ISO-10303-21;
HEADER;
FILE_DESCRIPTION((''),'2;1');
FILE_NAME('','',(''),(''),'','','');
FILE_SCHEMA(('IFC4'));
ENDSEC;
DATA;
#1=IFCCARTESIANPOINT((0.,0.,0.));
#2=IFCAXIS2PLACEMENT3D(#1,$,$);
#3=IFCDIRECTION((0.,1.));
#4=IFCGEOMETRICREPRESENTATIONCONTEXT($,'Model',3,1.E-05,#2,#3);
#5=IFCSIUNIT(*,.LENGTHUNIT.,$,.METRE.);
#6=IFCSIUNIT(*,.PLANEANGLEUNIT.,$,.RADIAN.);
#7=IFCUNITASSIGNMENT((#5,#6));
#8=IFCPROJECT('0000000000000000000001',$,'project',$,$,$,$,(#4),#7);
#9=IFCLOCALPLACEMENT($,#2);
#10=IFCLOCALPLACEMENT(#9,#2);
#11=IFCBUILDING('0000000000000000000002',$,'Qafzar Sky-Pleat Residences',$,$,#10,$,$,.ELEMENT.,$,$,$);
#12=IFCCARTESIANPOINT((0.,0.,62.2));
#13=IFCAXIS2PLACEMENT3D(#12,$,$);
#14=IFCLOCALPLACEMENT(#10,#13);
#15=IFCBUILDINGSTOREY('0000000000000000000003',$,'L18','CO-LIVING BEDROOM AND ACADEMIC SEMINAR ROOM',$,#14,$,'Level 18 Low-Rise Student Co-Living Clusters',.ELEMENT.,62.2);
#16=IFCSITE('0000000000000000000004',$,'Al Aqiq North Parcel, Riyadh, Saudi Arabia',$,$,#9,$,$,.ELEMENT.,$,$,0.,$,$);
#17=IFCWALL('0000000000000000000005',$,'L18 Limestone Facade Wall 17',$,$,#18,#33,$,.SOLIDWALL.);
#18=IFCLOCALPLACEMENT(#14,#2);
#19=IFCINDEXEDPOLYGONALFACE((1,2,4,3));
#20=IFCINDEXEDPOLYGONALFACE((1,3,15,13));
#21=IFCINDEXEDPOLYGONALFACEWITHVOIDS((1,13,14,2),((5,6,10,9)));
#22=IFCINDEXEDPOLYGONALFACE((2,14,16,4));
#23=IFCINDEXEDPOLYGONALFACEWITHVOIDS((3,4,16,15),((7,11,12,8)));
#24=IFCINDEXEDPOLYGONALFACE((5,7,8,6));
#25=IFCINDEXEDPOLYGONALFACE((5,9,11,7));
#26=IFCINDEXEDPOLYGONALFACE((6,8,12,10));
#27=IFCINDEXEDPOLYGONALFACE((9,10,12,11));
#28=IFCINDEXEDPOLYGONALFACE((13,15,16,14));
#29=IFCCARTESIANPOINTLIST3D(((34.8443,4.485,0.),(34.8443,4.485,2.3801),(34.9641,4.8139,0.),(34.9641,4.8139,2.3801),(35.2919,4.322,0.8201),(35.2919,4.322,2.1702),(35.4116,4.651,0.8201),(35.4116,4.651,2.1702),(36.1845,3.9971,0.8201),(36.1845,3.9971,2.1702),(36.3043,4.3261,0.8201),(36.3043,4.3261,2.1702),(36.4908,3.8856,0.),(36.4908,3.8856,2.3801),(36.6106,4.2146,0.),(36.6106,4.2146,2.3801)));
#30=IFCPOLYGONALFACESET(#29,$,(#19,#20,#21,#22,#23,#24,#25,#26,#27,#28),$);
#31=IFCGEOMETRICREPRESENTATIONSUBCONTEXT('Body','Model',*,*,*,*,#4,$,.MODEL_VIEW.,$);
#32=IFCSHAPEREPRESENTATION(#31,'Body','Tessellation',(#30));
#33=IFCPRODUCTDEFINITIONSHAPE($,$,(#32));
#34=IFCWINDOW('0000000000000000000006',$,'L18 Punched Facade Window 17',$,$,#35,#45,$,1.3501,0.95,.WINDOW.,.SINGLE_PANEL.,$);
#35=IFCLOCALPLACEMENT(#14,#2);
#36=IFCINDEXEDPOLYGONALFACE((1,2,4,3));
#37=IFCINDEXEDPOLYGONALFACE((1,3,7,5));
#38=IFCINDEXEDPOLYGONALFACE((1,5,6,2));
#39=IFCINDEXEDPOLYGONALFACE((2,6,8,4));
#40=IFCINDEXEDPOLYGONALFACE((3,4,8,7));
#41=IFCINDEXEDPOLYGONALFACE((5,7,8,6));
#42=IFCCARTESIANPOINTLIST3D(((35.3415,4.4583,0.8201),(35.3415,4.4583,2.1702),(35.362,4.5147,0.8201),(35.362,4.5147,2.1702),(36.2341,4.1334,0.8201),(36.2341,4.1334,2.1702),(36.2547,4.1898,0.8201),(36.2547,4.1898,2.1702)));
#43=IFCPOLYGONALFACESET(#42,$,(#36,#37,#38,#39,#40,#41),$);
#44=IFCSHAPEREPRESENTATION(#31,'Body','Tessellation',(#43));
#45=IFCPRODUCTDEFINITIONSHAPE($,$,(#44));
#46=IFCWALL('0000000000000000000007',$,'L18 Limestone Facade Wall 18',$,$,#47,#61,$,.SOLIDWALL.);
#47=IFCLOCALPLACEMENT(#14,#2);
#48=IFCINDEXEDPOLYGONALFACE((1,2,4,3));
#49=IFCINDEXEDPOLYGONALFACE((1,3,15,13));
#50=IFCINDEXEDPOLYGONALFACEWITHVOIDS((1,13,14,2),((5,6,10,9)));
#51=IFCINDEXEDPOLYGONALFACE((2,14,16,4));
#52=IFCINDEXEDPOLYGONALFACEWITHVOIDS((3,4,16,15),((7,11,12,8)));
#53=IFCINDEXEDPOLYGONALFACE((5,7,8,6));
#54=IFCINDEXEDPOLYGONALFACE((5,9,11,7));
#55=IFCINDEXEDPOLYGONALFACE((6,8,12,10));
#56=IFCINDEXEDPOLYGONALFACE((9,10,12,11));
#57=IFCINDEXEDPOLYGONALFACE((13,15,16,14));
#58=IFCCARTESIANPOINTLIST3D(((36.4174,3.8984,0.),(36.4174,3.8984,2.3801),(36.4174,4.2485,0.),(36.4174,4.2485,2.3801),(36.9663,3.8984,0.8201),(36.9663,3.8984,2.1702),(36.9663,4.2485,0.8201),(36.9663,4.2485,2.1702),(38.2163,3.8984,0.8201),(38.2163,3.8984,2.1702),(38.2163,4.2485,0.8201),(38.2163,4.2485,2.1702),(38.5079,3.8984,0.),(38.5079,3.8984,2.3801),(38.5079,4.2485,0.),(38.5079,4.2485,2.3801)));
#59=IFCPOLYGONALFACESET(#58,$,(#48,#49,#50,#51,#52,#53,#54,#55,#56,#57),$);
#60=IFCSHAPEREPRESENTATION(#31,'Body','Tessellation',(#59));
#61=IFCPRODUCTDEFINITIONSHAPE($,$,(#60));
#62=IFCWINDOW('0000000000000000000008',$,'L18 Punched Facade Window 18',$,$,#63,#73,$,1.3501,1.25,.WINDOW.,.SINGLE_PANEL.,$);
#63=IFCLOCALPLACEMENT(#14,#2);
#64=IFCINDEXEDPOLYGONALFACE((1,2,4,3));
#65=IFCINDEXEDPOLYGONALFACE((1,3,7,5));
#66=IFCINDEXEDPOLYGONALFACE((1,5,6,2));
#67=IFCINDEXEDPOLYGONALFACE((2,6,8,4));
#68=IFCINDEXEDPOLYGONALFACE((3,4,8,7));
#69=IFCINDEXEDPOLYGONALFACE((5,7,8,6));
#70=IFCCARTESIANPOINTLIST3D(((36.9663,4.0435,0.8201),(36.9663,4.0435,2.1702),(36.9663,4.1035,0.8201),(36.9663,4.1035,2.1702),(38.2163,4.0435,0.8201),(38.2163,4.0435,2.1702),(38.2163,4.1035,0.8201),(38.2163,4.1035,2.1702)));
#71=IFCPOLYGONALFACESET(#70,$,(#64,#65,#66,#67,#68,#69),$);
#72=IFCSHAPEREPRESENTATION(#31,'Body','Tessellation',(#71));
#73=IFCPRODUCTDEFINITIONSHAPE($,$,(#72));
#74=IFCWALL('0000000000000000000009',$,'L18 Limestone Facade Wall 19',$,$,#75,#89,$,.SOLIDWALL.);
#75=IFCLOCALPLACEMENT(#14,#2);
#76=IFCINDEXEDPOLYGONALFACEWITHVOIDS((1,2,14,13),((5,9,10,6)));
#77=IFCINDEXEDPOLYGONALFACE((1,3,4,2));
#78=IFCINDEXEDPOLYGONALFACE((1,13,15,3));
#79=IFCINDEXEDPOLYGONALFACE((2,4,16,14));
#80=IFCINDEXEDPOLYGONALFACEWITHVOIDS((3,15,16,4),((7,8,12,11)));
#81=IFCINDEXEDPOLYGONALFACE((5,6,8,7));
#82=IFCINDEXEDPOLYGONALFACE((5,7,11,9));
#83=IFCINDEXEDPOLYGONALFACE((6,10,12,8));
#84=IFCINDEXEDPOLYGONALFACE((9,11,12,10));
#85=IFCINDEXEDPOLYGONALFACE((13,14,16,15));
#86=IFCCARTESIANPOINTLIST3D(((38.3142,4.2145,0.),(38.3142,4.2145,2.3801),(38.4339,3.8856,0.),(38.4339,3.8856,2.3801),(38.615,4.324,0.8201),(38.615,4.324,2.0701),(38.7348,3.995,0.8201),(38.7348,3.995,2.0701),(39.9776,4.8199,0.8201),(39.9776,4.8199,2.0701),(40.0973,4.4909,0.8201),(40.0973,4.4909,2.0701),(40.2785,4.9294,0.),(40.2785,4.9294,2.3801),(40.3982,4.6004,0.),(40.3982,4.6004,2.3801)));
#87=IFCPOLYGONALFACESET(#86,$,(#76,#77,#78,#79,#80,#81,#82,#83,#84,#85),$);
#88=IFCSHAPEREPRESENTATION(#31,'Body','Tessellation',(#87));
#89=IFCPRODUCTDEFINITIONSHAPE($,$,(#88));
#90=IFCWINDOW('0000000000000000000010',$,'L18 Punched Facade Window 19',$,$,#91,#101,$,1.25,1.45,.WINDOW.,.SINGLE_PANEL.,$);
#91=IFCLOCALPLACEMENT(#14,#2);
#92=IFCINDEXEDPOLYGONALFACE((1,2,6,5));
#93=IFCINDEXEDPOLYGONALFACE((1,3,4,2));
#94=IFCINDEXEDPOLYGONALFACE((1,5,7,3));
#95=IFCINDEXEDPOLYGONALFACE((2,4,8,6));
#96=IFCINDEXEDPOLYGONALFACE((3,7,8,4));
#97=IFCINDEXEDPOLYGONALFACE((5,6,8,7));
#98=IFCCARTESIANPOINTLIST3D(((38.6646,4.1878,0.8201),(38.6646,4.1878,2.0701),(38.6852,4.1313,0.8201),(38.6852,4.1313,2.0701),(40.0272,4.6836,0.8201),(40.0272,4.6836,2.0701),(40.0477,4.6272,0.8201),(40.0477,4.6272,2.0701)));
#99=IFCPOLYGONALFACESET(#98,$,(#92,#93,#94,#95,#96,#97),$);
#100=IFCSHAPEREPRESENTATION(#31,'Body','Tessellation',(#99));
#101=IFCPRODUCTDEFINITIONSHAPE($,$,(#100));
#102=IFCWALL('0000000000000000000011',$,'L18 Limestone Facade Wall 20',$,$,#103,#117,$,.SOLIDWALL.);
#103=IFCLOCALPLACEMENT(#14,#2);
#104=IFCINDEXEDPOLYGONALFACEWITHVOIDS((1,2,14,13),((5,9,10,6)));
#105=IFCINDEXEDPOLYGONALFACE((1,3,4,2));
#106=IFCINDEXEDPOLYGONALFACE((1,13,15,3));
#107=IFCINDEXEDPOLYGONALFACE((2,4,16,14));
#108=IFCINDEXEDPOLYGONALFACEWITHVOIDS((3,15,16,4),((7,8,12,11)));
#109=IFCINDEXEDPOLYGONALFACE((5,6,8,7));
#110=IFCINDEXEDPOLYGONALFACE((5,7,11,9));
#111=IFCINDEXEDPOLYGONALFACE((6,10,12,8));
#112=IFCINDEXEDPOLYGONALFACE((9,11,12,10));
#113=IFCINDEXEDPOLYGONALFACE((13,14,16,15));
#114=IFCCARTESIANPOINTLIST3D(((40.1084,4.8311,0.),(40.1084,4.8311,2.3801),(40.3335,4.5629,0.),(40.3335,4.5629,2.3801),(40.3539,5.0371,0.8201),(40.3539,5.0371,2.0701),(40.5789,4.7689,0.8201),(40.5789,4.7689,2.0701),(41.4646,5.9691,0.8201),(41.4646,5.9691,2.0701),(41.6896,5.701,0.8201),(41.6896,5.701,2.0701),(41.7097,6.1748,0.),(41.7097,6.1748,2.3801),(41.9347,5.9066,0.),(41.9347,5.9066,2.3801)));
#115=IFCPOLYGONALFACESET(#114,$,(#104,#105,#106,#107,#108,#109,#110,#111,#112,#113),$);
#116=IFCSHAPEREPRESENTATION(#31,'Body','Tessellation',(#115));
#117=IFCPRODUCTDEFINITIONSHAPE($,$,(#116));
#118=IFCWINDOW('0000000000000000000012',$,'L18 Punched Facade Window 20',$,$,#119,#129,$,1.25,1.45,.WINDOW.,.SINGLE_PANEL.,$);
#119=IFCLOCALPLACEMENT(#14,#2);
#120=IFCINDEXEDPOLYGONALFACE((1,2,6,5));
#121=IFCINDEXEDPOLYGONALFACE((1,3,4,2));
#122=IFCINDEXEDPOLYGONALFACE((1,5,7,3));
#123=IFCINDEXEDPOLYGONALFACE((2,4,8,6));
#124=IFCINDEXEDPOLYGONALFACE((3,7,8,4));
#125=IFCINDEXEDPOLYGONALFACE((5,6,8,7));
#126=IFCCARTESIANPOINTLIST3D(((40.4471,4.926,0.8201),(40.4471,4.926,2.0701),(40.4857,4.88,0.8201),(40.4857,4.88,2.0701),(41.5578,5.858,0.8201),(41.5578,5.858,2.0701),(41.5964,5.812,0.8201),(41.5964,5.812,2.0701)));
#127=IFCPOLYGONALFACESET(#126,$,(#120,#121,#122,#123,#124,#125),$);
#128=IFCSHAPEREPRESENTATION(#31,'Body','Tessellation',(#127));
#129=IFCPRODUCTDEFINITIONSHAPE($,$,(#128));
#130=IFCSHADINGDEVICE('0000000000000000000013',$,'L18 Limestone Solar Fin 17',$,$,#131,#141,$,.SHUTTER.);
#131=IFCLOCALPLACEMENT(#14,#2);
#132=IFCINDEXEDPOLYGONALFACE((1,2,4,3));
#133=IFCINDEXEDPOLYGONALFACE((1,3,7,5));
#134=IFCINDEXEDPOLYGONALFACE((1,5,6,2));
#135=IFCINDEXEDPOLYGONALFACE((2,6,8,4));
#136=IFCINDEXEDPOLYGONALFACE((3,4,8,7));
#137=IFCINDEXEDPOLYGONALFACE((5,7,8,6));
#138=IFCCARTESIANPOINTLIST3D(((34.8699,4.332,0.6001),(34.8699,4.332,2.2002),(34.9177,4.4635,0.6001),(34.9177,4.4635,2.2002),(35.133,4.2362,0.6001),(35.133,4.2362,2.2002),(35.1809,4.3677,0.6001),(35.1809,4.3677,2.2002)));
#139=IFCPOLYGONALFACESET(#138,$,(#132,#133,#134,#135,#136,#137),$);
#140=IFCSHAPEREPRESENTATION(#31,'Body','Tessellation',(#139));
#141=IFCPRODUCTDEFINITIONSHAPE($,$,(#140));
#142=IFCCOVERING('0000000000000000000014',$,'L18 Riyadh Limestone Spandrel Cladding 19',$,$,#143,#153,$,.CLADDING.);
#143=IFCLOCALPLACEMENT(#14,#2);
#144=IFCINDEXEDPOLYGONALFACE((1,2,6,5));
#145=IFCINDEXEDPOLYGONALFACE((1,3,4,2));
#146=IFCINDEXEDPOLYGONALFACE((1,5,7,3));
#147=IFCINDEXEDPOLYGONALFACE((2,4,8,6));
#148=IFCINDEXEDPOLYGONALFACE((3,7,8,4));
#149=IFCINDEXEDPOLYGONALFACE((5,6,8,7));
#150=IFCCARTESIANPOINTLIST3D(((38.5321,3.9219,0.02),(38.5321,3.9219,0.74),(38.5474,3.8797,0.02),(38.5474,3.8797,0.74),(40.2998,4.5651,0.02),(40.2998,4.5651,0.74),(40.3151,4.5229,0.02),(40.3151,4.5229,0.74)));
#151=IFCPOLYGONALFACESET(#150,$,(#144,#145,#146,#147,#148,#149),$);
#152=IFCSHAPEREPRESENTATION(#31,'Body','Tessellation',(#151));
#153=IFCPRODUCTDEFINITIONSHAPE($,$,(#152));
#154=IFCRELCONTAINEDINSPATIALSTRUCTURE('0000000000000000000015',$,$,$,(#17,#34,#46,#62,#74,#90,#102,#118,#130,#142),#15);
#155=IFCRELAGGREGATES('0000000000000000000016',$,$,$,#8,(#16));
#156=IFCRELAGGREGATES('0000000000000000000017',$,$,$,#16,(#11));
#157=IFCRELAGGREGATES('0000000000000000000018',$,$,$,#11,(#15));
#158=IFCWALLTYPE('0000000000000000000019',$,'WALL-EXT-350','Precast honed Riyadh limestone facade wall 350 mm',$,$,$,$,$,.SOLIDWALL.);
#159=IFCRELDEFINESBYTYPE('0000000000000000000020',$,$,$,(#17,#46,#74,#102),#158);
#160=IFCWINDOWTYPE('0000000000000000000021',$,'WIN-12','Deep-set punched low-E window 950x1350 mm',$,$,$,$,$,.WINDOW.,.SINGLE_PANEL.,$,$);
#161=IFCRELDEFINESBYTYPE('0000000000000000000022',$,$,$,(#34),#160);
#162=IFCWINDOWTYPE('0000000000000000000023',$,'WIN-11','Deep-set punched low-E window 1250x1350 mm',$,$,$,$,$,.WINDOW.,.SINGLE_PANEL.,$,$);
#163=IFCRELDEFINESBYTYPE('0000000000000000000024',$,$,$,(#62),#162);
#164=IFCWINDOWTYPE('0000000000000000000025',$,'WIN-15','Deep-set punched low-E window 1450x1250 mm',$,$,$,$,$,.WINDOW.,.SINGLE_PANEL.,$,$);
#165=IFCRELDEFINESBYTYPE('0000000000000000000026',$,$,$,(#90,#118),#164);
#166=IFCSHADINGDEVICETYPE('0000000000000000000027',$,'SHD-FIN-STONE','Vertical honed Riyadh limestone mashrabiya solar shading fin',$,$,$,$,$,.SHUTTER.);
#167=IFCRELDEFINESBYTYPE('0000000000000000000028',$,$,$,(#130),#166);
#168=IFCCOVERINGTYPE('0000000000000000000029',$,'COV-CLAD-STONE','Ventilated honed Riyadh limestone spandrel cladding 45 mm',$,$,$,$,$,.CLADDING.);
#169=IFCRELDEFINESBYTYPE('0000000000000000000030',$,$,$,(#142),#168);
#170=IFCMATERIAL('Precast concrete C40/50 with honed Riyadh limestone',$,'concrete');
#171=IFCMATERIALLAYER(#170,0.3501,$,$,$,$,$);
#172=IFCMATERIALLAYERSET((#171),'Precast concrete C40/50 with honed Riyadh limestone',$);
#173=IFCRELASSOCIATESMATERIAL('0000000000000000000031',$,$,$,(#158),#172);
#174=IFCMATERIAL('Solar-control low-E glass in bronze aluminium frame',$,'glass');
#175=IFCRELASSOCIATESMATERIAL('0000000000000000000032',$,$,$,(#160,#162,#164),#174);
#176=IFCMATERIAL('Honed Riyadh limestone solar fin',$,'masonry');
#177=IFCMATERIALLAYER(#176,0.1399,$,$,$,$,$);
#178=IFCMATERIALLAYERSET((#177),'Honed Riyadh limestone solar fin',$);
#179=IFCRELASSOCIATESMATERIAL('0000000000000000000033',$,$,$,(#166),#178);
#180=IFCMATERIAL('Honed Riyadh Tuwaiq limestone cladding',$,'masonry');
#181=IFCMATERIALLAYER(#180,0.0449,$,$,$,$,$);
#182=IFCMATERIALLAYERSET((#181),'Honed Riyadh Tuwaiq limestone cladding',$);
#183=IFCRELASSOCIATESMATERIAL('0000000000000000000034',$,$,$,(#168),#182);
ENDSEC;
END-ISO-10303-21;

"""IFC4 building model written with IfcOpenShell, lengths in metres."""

from ifc_helpers import new_model, si_unit, direction, frame, frame_2d, origin, origin_2d, place, context, subcontext, project, spatial, rectangle, extrude, source, transform, mapped, material, layer, layer_set, type_object, element, fill, save


model = new_model("IFC4")

# Units and contexts
model_context = context("Model", 3, precision=1e-05, world=origin(), true_north=direction((0.0, 1.0)))
body_context = subcontext(model_context, "Body", "Model", "MODEL_VIEW")
ifc_project = project(units=[si_unit("LENGTHUNIT", "METRE"), si_unit("PLANEANGLEUNIT", "RADIAN")], contexts=[model_context])

# Site, building, storey
site_placement = place(None, origin())
site = spatial("IfcSite", under=ifc_project, at=site_placement, Name="Al Aqiq North Parcel, Riyadh, Saudi Arabia", CompositionType="ELEMENT", RefElevation=0.0)
building_placement = place(site_placement, origin())
building = spatial("IfcBuilding", under=site, at=building_placement, Name="Qafzar Sky-Pleat Residences", CompositionType="ELEMENT")
storey_placement = place(building_placement, frame((0.0, 0.0, 62.2)))
storey = spatial("IfcBuildingStorey", under=building, at=storey_placement, Name="L18", Description="CO-LIVING BEDROOM AND ACADEMIC SEMINAR ROOM", LongName="Level 18 Low-Rise Student Co-Living Clusters", CompositionType="ELEMENT", Elevation=62.2)

# Walls, openings, windows
ifc_material_1 = material(Name="Precast concrete C40/50 with honed Riyadh limestone", Category="concrete")
ifc_layer_1 = layer(ifc_material_1, 0.3501)
ifc_layer_set_1 = layer_set([ifc_layer_1], Name="Precast concrete C40/50 with honed Riyadh limestone")
wall_type_1 = type_object("IfcWallType", Name="WALL-EXT-350", Description="Precast honed Riyadh limestone facade wall 350 mm", PredefinedType="SOLIDWALL", material=ifc_layer_set_1)
wall_1_placement = place(storey_placement, frame((34.9043, 4.6494, 0.0), z_axis=(0.0, 0.0, 1.0), x_axis=(0.939675, -0.342067, 0.0)))
wall_1 = element("IfcWall", 1, at=wall_1_placement, inside=storey, type_object=wall_type_1, Name="L18 Limestone Facade Wall 17", PredefinedType="SOLIDWALL", context=body_context, shape_type="SweptSolid", body=[
    extrude(rectangle(XDim=1.7522, YDim=0.3501, at=frame_2d((0.876, 0.0))), origin(), (0.0, 0.0, 1.0), 2.3801),
])
opening_1_placement = place(wall_1_placement, frame((0.4761, 0.0, 0.8201)))
opening_1 = element("IfcOpeningElement", 2, at=opening_1_placement, cuts=wall_1, PredefinedType="OPENING", context=body_context, shape_type="SweptSolid", body=[
    extrude(rectangle(XDim=0.95, YDim=1.3501, at=frame_2d((0.4751, 0.675))), frame((0.0, 0.1851, 0.0), z_axis=(0.0, -1.0, 0.0), x_axis=(1.0, 0.0, 0.0)), (0.0, 0.0, 1.0), 0.3701),
])
ifc_material_2 = material(Name="Solar-control low-E glass in bronze aluminium frame", Category="glass")
window_type_1 = type_object("IfcWindowType", Name="WIN-12", Description="Deep-set punched low-E window 950x1350 mm", PartitioningType="SINGLE_PANEL", PredefinedType="WINDOW", material=ifc_material_2)
shared_shape_1 = source(origin(), body_context, "Body", "SweptSolid", [
    extrude(rectangle(XDim=0.95, YDim=1.3501, at=frame_2d((0.4751, 0.675))), frame((0.0, 0.03, 0.0), z_axis=(0.0, -1.0, 0.0), x_axis=(1.0, 0.0, 0.0)), (0.0, 0.0, 1.0), 0.0601),
])
window_1_placement = place(opening_1_placement, origin())
window_1 = element("IfcWindow", 3, at=window_1_placement, inside=storey, type_object=window_type_1, Name="L18 Punched Facade Window 17", OverallHeight=1.3501, OverallWidth=0.95, PartitioningType="SINGLE_PANEL", PredefinedType="WINDOW", context=body_context, shape_type="MappedRepresentation", body=[
    mapped(shared_shape_1, transform((0.0, 0.0, 0.0), x_axis=(1.0, 0.0, 0.0), y_axis=(0.0, 1.0, 0.0), z_axis=(0.0, 0.0, 1.0), scale=1.0)),
])
fill(opening_1, window_1)
wall_2_placement = place(storey_placement, frame((36.4172, 4.0735, 0.0), z_axis=(0.0, 0.0, 1.0), x_axis=(1.0, 0.0, 0.0)))
wall_2 = element("IfcWall", 4, at=wall_2_placement, inside=storey, type_object=wall_type_1, Name="L18 Limestone Facade Wall 18", PredefinedType="SOLIDWALL", context=body_context, shape_type="SweptSolid", body=[
    extrude(rectangle(XDim=2.0906, YDim=0.3501, at=frame_2d((1.0454, 0.0))), origin(), (0.0, 0.0, 1.0), 2.3801),
])
opening_2_placement = place(wall_2_placement, frame((0.5491, 0.0, 0.8201)))
opening_2 = element("IfcOpeningElement", 5, at=opening_2_placement, cuts=wall_2, PredefinedType="OPENING", context=body_context, shape_type="SweptSolid", body=[
    extrude(rectangle(XDim=1.25, YDim=1.3501, at=frame_2d((0.625, 0.675))), frame((0.0, 0.1851, 0.0), z_axis=(0.0, -1.0, 0.0), x_axis=(1.0, 0.0, 0.0)), (0.0, 0.0, 1.0), 0.3701),
])
window_type_2 = type_object("IfcWindowType", Name="WIN-11", Description="Deep-set punched low-E window 1250x1350 mm", PartitioningType="SINGLE_PANEL", PredefinedType="WINDOW", material=ifc_material_2)
shared_shape_2 = source(origin(), body_context, "Body", "SweptSolid", [
    extrude(rectangle(XDim=1.25, YDim=1.3501, at=frame_2d((0.625, 0.675))), frame((0.0, 0.03, 0.0), z_axis=(0.0, -1.0, 0.0), x_axis=(1.0, 0.0, 0.0)), (0.0, 0.0, 1.0), 0.0601),
])
window_2_placement = place(opening_2_placement, origin())
window_2 = element("IfcWindow", 6, at=window_2_placement, inside=storey, type_object=window_type_2, Name="L18 Punched Facade Window 18", OverallHeight=1.3501, OverallWidth=1.25, PartitioningType="SINGLE_PANEL", PredefinedType="WINDOW", context=body_context, shape_type="MappedRepresentation", body=[
    mapped(shared_shape_2, transform((0.0, 0.0, 0.0), x_axis=(1.0, 0.0, 0.0), y_axis=(0.0, 1.0, 0.0), z_axis=(0.0, 0.0, 1.0), scale=1.0)),
])
fill(opening_2, window_2)
wall_3_placement = place(storey_placement, frame((38.374, 4.05, 0.0), z_axis=(0.0, 0.0, 1.0), x_axis=(0.939712, 0.341968, 0.0)))
wall_3 = element("IfcWall", 7, at=wall_3_placement, inside=storey, type_object=wall_type_1, Name="L18 Limestone Facade Wall 19", PredefinedType="SOLIDWALL", context=body_context, shape_type="SweptSolid", body=[
    extrude(rectangle(XDim=2.0903, YDim=0.3501, at=frame_2d((1.0452, 0.0))), origin(), (0.0, 0.0, 1.0), 2.3801),
])
opening_3_placement = place(wall_3_placement, frame((0.3201, 0.0, 0.8201)))
opening_3 = element("IfcOpeningElement", 8, at=opening_3_placement, cuts=wall_3, PredefinedType="OPENING", context=body_context, shape_type="SweptSolid", body=[
    extrude(rectangle(XDim=1.45, YDim=1.25, at=frame_2d((0.7251, 0.625))), frame((0.0, 0.1851, 0.0), z_axis=(0.0, -1.0, 0.0), x_axis=(1.0, 0.0, 0.0)), (0.0, 0.0, 1.0), 0.3701),
])
window_type_3 = type_object("IfcWindowType", Name="WIN-15", Description="Deep-set punched low-E window 1450x1250 mm", PartitioningType="SINGLE_PANEL", PredefinedType="WINDOW", material=ifc_material_2)
shared_shape_3 = source(origin(), body_context, "Body", "SweptSolid", [
    extrude(rectangle(XDim=1.45, YDim=1.25, at=frame_2d((0.7251, 0.625))), frame((0.0, 0.03, 0.0), z_axis=(0.0, -1.0, 0.0), x_axis=(1.0, 0.0, 0.0)), (0.0, 0.0, 1.0), 0.0601),
])
window_3_placement = place(opening_3_placement, origin())
window_3 = element("IfcWindow", 9, at=window_3_placement, inside=storey, type_object=window_type_3, Name="L18 Punched Facade Window 19", OverallHeight=1.25, OverallWidth=1.45, PartitioningType="SINGLE_PANEL", PredefinedType="WINDOW", context=body_context, shape_type="MappedRepresentation", body=[
    mapped(shared_shape_3, transform((0.0, 0.0, 0.0), x_axis=(1.0, 0.0, 0.0), y_axis=(0.0, 1.0, 0.0), z_axis=(0.0, 0.0, 1.0), scale=1.0)),
])
fill(opening_3, window_3)
wall_4_placement = place(storey_placement, frame((40.2209, 4.697, 0.0), z_axis=(0.0, 0.0, 1.0), x_axis=(0.766025, 0.642811, 0.0)))
wall_4 = element("IfcWall", 10, at=wall_4_placement, inside=storey, type_object=wall_type_1, Name="L18 Limestone Facade Wall 20", PredefinedType="SOLIDWALL", context=body_context, shape_type="SweptSolid", body=[
    extrude(rectangle(XDim=2.0903, YDim=0.3501, at=frame_2d((1.0452, 0.0))), origin(), (0.0, 0.0, 1.0), 2.3801),
])
opening_4_placement = place(wall_4_placement, frame((0.3203, 0.0, 0.8201)))
opening_4 = element("IfcOpeningElement", 11, at=opening_4_placement, cuts=wall_4, PredefinedType="OPENING", context=body_context, shape_type="SweptSolid", body=[
    extrude(rectangle(XDim=1.45, YDim=1.25, at=frame_2d((0.7251, 0.625))), frame((0.0, 0.1851, 0.0), z_axis=(0.0, -1.0, 0.0), x_axis=(1.0, 0.0, 0.0)), (0.0, 0.0, 1.0), 0.3701),
])
window_4_placement = place(opening_4_placement, origin())
window_4 = element("IfcWindow", 12, at=window_4_placement, inside=storey, type_object=window_type_3, Name="L18 Punched Facade Window 20", OverallHeight=1.25, OverallWidth=1.45, PartitioningType="SINGLE_PANEL", PredefinedType="WINDOW", context=body_context, shape_type="MappedRepresentation", body=[
    mapped(shared_shape_3, transform((0.0, 0.0, 0.0), x_axis=(1.0, 0.0, 0.0), y_axis=(0.0, 1.0, 0.0), z_axis=(0.0, 0.0, 1.0), scale=1.0)),
])
fill(opening_4, window_4)

# Shading device
ifc_material_3 = material(Name="Honed Riyadh limestone solar fin", Category="masonry")
ifc_layer_2 = layer(ifc_material_3, 0.1399)
ifc_layer_set_2 = layer_set([ifc_layer_2], Name="Honed Riyadh limestone solar fin")
shading_device_type = type_object("IfcShadingDeviceType", Name="SHD-FIN-STONE", Description="Vertical honed Riyadh limestone mashrabiya solar shading fin", PredefinedType="SHUTTER", material=ifc_layer_set_2)
shared_shape_4 = source(origin(), body_context, "Body", "SweptSolid", [
    extrude(rectangle(XDim=0.1399, YDim=0.28, at=origin_2d()), origin(), (0.0, 0.0, 1.0), 1.6001),
])
shading_device_placement = place(storey_placement, frame((35.0254, 4.3499, 0.6001), z_axis=(0.0, 0.0, 1.0), x_axis=(-0.34201, -0.939696, 0.0)))
element("IfcShadingDevice", 13, at=shading_device_placement, inside=storey, type_object=shading_device_type, Name="L18 Limestone Solar Fin 17", PredefinedType="SHUTTER", context=body_context, shape_type="MappedRepresentation", body=[
    mapped(shared_shape_4, transform((0.0, 0.0, 0.0), x_axis=(1.0, 0.0, 0.0), y_axis=(0.0, 1.0, 0.0), z_axis=(0.0, 0.0, 1.0), scale=1.0)),
])

# Covering
ifc_material_4 = material(Name="Honed Riyadh Tuwaiq limestone cladding", Category="masonry")
ifc_layer_3 = layer(ifc_material_4, 0.0449)
ifc_layer_set_3 = layer_set([ifc_layer_3], Name="Honed Riyadh Tuwaiq limestone cladding")
covering_type = type_object("IfcCoveringType", Name="COV-CLAD-STONE", Description="Ventilated honed Riyadh limestone spandrel cladding 45 mm", PredefinedType="CLADDING", material=ifc_layer_set_3)
shared_shape_5 = source(origin(), body_context, "Body", "SweptSolid", [
    extrude(rectangle(XDim=1.8811, YDim=0.0449, at=origin_2d()), origin(), (0.0, 0.0, 1.0), 0.72),
])
covering_1_placement = place(storey_placement, frame((39.4236, 4.2224, 0.02), z_axis=(0.0, 0.0, 1.0), x_axis=(0.939715, 0.341958, 0.0)))
element("IfcCovering", 14, at=covering_1_placement, inside=storey, type_object=covering_type, Name="L18 Riyadh Limestone Spandrel Cladding 19", PredefinedType="CLADDING", context=body_context, shape_type="MappedRepresentation", body=[
    mapped(shared_shape_5, transform((0.0, 0.0, 0.0), x_axis=(1.0, 0.0, 0.0), y_axis=(0.0, 1.0, 0.0), z_axis=(0.0, 0.0, 1.0), scale=1.0)),
])

save(model, "model.ifc")
